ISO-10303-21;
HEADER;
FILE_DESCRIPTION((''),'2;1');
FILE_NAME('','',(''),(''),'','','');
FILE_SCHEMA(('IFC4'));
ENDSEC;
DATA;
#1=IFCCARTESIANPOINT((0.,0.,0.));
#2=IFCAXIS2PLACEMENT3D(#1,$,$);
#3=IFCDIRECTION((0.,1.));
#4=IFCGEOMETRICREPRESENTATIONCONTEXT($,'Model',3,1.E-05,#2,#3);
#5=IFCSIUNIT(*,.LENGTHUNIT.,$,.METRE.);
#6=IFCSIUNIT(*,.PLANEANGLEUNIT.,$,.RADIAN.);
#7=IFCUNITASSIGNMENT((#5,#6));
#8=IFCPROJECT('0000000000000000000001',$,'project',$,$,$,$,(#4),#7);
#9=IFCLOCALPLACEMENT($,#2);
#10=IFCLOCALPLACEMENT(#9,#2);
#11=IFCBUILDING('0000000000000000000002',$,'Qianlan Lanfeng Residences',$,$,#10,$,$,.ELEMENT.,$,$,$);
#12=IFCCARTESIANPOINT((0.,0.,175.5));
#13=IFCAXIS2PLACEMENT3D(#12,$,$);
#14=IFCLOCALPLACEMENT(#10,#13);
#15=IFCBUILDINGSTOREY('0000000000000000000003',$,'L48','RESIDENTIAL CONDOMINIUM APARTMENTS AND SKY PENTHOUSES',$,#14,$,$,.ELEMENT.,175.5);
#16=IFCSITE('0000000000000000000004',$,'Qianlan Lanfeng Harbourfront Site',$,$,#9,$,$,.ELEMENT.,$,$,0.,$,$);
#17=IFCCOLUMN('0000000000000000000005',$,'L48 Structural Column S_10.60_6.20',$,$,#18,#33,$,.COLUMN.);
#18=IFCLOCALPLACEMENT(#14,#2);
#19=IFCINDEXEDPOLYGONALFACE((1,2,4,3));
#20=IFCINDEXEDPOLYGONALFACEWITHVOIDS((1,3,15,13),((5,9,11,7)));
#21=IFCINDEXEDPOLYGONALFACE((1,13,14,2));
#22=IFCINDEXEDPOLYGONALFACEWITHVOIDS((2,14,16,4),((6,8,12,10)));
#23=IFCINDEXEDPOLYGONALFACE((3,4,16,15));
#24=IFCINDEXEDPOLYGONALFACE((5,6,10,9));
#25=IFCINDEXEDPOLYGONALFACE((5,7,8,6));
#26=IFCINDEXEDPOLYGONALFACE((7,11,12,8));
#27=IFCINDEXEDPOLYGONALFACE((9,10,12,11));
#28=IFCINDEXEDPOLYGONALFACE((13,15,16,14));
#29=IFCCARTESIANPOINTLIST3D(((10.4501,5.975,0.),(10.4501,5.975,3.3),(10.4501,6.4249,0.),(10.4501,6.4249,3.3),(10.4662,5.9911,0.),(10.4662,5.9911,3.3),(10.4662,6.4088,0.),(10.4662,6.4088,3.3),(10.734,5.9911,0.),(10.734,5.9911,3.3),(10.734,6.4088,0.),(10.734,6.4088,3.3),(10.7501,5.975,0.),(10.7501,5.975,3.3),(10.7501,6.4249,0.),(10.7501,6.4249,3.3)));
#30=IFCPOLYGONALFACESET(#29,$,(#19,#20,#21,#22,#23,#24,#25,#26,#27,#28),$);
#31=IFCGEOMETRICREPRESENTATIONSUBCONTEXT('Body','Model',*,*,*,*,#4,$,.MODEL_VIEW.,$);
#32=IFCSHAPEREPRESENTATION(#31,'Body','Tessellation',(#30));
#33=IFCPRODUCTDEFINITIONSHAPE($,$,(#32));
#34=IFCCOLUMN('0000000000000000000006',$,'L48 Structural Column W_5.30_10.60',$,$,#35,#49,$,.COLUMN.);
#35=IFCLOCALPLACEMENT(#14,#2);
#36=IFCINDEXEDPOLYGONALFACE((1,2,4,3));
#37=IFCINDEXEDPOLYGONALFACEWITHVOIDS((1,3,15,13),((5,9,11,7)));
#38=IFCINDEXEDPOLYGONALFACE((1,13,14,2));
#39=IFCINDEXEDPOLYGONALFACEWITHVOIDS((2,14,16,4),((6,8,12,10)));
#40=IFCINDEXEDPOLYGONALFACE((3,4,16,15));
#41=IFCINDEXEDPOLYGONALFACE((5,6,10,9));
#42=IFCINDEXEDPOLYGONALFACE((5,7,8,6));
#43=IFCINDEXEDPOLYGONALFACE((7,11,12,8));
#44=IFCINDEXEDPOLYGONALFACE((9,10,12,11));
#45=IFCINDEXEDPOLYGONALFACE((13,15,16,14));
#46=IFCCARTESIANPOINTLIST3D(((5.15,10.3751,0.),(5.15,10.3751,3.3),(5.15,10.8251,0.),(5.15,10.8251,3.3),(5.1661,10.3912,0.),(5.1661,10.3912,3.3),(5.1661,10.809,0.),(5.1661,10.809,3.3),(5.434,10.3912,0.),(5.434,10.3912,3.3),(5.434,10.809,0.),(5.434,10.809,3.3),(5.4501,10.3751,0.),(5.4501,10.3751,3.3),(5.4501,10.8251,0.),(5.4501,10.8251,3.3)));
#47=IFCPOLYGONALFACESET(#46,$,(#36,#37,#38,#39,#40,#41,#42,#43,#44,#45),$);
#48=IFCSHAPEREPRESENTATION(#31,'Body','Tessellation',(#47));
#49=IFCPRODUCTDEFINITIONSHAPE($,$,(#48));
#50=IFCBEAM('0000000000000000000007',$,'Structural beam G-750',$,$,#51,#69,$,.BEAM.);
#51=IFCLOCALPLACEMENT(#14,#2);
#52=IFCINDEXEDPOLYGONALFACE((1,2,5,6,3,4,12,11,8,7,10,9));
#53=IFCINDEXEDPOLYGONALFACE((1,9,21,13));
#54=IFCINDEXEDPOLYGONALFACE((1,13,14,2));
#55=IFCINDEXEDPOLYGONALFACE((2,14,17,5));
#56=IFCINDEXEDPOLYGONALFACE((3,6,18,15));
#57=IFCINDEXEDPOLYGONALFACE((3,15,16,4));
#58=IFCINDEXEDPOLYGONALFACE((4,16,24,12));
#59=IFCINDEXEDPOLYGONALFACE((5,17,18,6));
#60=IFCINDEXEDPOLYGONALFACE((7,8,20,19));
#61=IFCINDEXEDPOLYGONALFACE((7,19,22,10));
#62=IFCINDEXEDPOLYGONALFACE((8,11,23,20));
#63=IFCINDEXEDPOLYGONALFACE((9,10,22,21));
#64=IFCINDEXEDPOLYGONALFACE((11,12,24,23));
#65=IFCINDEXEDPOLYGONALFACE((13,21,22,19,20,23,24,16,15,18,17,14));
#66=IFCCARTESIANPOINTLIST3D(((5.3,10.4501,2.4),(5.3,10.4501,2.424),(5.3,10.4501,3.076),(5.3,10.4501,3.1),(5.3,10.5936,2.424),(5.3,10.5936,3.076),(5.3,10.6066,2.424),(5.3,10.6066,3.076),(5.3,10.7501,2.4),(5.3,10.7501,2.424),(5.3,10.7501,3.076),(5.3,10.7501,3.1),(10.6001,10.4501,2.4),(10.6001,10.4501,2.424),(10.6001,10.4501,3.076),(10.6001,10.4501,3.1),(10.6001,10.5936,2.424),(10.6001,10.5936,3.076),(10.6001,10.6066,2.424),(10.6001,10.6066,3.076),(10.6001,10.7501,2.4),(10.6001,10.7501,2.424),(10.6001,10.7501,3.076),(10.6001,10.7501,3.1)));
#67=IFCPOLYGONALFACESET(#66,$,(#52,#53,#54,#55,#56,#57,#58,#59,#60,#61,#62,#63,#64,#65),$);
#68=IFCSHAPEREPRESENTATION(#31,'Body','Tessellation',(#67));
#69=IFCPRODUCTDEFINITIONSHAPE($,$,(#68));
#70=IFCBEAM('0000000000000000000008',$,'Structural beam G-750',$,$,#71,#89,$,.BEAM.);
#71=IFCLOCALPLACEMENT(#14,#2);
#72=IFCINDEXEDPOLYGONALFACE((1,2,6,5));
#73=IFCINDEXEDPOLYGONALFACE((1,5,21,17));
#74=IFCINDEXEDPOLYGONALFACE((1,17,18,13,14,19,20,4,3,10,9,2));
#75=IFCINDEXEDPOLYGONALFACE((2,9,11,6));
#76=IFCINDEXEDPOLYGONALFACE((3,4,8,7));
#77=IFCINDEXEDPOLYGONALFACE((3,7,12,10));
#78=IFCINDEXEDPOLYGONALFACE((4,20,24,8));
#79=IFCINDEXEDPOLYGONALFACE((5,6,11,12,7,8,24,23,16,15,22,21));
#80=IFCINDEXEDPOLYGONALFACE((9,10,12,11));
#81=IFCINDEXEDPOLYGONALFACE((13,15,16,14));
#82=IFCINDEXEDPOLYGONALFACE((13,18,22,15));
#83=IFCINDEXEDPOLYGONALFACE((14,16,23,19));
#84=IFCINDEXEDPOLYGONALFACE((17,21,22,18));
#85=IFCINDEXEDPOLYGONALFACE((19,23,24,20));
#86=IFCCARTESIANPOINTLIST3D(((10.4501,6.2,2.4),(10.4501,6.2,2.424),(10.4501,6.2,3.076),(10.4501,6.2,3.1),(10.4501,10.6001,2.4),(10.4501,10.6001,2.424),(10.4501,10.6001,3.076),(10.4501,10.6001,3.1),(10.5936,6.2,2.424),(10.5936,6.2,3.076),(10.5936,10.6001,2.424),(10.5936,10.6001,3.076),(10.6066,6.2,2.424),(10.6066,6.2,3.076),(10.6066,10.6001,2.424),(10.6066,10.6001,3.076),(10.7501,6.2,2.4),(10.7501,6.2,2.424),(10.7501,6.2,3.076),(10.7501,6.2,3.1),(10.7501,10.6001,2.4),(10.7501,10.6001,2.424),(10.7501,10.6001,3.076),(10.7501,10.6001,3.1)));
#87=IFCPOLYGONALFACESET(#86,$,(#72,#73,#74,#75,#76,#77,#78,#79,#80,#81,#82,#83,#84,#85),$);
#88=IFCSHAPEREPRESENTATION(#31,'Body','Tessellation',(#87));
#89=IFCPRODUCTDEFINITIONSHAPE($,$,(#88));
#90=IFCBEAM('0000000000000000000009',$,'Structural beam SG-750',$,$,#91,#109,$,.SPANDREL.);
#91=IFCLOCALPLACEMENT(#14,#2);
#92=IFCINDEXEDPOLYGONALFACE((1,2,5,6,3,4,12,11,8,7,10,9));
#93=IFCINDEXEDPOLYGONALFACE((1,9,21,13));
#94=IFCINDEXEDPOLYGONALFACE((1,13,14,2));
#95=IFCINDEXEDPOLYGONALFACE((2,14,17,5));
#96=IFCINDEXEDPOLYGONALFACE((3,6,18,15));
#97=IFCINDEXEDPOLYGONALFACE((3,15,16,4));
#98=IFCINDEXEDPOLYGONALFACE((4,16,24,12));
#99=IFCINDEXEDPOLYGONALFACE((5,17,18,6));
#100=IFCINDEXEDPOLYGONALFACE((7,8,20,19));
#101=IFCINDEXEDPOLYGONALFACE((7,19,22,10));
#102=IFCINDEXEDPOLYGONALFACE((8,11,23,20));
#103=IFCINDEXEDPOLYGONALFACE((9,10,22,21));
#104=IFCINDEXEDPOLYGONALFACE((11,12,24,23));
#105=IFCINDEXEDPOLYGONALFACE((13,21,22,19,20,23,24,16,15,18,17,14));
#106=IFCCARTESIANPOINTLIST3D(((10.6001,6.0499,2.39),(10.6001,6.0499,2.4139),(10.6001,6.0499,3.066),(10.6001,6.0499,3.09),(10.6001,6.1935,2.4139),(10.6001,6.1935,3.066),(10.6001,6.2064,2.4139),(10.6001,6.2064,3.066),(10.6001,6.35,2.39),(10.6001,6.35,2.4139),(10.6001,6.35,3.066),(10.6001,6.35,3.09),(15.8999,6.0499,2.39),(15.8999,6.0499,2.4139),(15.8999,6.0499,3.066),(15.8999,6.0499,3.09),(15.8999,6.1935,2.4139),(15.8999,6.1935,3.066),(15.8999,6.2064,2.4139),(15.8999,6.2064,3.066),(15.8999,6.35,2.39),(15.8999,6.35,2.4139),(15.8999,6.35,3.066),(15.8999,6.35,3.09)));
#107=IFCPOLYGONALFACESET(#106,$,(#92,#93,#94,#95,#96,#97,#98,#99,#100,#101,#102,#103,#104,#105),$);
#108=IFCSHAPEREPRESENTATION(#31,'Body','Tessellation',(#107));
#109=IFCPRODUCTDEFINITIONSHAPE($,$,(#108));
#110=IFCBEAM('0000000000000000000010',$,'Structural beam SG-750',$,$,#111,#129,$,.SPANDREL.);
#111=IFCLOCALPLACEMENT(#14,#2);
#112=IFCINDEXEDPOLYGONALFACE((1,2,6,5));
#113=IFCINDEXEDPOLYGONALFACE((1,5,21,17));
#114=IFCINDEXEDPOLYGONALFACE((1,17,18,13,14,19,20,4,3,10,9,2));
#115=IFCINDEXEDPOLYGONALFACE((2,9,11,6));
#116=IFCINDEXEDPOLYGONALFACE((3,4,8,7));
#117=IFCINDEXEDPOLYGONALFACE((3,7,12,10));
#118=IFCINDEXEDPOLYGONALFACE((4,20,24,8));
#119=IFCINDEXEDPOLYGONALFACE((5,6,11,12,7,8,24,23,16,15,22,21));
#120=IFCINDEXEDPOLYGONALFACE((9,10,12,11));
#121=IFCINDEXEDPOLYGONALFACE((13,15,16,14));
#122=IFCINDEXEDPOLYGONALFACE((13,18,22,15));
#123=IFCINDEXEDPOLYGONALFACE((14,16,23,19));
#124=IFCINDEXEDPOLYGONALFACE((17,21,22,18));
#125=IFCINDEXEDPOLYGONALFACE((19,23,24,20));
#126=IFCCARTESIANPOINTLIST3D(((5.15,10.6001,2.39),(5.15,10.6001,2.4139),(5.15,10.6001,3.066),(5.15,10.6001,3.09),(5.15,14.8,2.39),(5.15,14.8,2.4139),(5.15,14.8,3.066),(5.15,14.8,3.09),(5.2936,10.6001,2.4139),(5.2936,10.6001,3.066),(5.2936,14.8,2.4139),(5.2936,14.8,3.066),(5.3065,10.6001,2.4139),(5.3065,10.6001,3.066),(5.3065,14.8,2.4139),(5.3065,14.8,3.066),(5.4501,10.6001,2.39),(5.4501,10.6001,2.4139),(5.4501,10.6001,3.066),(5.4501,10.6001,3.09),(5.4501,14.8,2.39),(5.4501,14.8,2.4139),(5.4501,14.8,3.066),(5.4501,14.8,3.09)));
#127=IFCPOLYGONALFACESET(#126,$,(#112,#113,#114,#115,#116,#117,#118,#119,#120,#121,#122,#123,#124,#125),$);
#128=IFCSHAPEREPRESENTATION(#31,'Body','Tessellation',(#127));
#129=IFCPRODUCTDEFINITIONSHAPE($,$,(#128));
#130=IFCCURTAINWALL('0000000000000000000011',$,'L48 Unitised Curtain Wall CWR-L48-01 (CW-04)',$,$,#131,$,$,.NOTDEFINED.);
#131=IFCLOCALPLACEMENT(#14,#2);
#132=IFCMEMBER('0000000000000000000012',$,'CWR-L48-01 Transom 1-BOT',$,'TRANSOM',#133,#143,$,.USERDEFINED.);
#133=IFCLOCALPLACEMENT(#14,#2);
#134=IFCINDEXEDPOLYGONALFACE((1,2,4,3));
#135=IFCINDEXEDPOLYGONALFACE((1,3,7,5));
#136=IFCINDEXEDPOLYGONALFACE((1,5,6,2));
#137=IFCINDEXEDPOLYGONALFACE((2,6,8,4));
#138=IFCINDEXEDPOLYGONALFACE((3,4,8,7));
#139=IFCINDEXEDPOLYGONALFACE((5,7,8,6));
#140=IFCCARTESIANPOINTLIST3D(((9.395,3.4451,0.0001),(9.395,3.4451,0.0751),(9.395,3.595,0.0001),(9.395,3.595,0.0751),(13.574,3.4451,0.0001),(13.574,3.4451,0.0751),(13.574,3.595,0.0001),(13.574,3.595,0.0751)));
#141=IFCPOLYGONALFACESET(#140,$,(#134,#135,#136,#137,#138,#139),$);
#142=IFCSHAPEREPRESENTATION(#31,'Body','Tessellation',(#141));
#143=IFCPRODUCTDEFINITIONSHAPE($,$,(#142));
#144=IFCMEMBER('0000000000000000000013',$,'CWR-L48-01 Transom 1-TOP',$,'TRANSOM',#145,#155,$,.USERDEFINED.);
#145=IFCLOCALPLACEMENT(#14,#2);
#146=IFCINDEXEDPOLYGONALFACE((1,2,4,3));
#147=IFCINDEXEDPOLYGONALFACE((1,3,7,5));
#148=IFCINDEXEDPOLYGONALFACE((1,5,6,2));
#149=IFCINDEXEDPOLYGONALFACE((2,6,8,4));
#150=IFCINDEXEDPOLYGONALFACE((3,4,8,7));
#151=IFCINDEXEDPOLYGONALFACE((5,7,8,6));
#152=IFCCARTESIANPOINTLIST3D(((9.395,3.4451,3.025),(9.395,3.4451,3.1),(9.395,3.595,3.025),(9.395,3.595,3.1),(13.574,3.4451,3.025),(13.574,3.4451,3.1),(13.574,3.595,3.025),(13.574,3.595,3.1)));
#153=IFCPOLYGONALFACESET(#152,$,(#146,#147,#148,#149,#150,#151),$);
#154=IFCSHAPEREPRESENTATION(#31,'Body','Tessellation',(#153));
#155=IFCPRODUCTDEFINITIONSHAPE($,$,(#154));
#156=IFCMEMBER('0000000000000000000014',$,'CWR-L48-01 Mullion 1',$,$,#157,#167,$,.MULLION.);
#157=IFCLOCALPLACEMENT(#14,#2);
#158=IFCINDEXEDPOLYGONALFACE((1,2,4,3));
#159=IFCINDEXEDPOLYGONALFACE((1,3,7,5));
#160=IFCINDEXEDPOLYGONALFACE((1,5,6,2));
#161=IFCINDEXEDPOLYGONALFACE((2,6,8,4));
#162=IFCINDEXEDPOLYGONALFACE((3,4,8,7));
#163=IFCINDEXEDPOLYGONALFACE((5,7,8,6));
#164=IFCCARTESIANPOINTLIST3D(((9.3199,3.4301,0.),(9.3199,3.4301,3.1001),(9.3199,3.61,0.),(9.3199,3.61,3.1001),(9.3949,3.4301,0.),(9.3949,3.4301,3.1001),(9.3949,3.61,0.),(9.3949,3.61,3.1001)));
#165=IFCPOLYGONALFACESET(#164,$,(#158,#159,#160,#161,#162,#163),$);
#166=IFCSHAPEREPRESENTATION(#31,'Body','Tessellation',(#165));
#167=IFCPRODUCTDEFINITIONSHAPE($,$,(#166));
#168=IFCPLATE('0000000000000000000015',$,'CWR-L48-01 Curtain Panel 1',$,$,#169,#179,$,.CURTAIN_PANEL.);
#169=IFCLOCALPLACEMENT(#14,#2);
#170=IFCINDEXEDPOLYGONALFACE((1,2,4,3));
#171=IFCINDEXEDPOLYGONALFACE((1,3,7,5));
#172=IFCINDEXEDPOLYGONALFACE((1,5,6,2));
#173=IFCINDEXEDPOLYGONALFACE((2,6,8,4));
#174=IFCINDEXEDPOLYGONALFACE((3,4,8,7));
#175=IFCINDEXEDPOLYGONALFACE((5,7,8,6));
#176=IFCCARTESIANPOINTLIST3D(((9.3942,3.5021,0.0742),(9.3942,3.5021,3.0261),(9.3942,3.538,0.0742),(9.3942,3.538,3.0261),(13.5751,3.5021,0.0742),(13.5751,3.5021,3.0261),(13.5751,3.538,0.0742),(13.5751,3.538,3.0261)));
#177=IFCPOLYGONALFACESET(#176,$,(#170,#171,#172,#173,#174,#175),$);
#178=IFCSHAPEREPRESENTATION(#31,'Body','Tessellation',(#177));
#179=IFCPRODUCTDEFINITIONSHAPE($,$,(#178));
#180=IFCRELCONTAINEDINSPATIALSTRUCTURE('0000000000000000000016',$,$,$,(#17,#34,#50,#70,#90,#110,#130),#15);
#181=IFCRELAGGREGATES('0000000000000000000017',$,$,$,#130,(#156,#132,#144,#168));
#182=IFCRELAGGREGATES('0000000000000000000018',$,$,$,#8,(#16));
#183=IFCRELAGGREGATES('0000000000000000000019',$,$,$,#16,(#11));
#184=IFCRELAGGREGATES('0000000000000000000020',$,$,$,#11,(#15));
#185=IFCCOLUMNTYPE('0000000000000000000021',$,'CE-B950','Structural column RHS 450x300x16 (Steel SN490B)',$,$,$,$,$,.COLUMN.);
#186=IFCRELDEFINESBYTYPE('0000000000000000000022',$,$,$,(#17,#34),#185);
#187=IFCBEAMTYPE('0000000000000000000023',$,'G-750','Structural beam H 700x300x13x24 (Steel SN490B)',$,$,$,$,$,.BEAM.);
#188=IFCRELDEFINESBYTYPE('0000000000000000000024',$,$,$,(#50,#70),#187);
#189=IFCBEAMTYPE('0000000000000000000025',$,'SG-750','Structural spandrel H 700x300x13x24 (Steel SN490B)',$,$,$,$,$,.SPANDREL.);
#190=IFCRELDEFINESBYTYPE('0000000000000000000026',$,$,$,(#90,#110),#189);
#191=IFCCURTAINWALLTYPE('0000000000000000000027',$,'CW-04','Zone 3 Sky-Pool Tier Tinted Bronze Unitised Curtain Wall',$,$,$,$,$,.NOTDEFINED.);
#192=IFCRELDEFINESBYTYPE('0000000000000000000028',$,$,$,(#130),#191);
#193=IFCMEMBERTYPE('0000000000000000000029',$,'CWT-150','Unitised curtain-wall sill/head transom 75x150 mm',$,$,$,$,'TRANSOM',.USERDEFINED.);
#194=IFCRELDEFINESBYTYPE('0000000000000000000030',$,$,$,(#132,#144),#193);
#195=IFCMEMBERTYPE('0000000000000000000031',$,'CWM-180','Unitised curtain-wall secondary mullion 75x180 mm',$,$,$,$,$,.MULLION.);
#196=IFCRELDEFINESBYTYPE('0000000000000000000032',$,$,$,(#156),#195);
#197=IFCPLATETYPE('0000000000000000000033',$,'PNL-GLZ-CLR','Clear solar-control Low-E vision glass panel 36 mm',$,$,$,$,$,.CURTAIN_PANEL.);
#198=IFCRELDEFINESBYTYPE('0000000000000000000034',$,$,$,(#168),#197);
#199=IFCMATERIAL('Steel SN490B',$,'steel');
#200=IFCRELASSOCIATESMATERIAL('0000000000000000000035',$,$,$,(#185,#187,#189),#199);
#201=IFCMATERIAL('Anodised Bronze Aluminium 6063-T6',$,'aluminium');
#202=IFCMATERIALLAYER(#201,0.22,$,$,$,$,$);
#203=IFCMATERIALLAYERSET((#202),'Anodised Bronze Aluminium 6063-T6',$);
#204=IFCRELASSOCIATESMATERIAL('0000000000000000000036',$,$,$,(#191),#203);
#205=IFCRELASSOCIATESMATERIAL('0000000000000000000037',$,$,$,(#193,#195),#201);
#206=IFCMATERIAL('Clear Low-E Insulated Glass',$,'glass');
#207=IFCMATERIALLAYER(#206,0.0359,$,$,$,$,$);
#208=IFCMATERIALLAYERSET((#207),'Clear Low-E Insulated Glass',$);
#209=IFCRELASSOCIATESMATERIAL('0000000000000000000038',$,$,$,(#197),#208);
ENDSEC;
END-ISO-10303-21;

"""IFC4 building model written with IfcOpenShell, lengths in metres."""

from ifc_helpers import new_model, si_unit, direction, frame, origin, origin_2d, place, context, subcontext, project, spatial, rectangle, hollow_rectangle, i_section, extrude, source, transform, mapped, material, layer, layer_set, material_profile, profile_set, type_object, element, aggregate, save


model = new_model("IFC4")

# Units and contexts
model_context = context("Model", 3, precision=1e-05, world=origin(), true_north=direction((0.0, 1.0)))
body_context = subcontext(model_context, "Body", "Model", "MODEL_VIEW")
ifc_project = project(units=[si_unit("LENGTHUNIT", "METRE"), si_unit("PLANEANGLEUNIT", "RADIAN")], contexts=[model_context])

# Site, building, storey
site_placement = place(None, origin())
site = spatial("IfcSite", under=ifc_project, at=site_placement, Name="Qianlan Lanfeng Harbourfront Site", CompositionType="ELEMENT", RefElevation=0.0)
building_placement = place(site_placement, origin())
building = spatial("IfcBuilding", under=site, at=building_placement, Name="Qianlan Lanfeng Residences", CompositionType="ELEMENT")
storey_placement = place(building_placement, frame((0.0, 0.0, 175.5)))
storey = spatial("IfcBuildingStorey", under=building, at=storey_placement, Name="L48", Description="RESIDENTIAL CONDOMINIUM APARTMENTS AND SKY PENTHOUSES", CompositionType="ELEMENT", Elevation=175.5)

# Columns
ifc_material_1 = material(Name="Steel SN490B", Category="steel")
ifc_material_profile_1 = material_profile(ifc_material_1, hollow_rectangle(XDim=0.3, YDim=0.45, WallThickness=0.0161, at=origin_2d()), Name="RHS 450x300x16")
ifc_profile_set_1 = profile_set([ifc_material_profile_1], Name="Steel SN490B")
column_type = type_object("IfcColumnType", Name="CE-B950", Description="Structural column RHS 450x300x16 (Steel SN490B)", PredefinedType="COLUMN", material=ifc_profile_set_1)
for number, where, z_axis, x_axis, name in (
    (1, (10.6001, 6.2, 0.0), (0.0, 0.0, 1.0), (1.0, 0.0, 0.0), "L48 Structural Column S_10.60_6.20"),
    (2, (5.3, 10.6001, 0.0), (0.0, 0.0, 1.0), (1.0, 0.0, 0.0), "L48 Structural Column W_5.30_10.60"),
):
    element("IfcColumn", number, at=place(storey_placement, frame(where, z_axis=z_axis, x_axis=x_axis)), inside=storey, type_object=column_type, Name=name, PredefinedType="COLUMN", context=body_context, shape_type="SweptSolid", body=[
        extrude(hollow_rectangle(XDim=0.3, YDim=0.45, WallThickness=0.0161, at=origin_2d()), origin(), (0.0, 0.0, 1.0), 3.3),
    ])

# Beams
ifc_material_profile_2 = material_profile(ifc_material_1, i_section(OverallWidth=0.3, OverallDepth=0.7, WebThickness=0.0129, FlangeThickness=0.0239, at=origin_2d()), Name="H 700x300x13x24")
ifc_profile_set_2 = profile_set([ifc_material_profile_2], Name="Steel SN490B")
beam_type_1 = type_object("IfcBeamType", Name="G-750", Description="Structural beam H 700x300x13x24 (Steel SN490B)", PredefinedType="BEAM", material=ifc_profile_set_2)
beam_1_placement = place(storey_placement, frame((5.3, 10.6001, 2.75), z_axis=(1.0, 0.0, 0.0), x_axis=(0.0, 1.0, 0.0)))
element("IfcBeam", 3, at=beam_1_placement, inside=storey, type_object=beam_type_1, Name="Structural beam G-750", PredefinedType="BEAM", context=body_context, shape_type="SweptSolid", body=[
    extrude(i_section(OverallWidth=0.3, OverallDepth=0.7, WebThickness=0.0129, FlangeThickness=0.0239, at=origin_2d()), origin(), (0.0, 0.0, 1.0), 5.3),
])
beam_2_placement = place(storey_placement, frame((10.6001, 6.2, 2.75), z_axis=(0.0, 1.0, 0.0), x_axis=(-1.0, 0.0, 0.0)))
element("IfcBeam", 4, at=beam_2_placement, inside=storey, type_object=beam_type_1, Name="Structural beam G-750", PredefinedType="BEAM", context=body_context, shape_type="SweptSolid", body=[
    extrude(i_section(OverallWidth=0.3, OverallDepth=0.7, WebThickness=0.0129, FlangeThickness=0.0239, at=origin_2d()), origin(), (0.0, 0.0, 1.0), 4.4001),
])
ifc_material_profile_3 = material_profile(ifc_material_1, i_section(OverallWidth=0.3, OverallDepth=0.7, WebThickness=0.0129, FlangeThickness=0.0239, at=origin_2d()), Name="H 700x300x13x24")
ifc_profile_set_3 = profile_set([ifc_material_profile_3], Name="Steel SN490B")
beam_type_2 = type_object("IfcBeamType", Name="SG-750", Description="Structural spandrel H 700x300x13x24 (Steel SN490B)", PredefinedType="SPANDREL", material=ifc_profile_set_3)
beam_3_placement = place(storey_placement, frame((10.6001, 6.2, 2.74), z_axis=(1.0, 0.0, 0.0), x_axis=(0.0, 1.0, 0.0)))
element("IfcBeam", 5, at=beam_3_placement, inside=storey, type_object=beam_type_2, Name="Structural beam SG-750", PredefinedType="SPANDREL", context=body_context, shape_type="SweptSolid", body=[
    extrude(i_section(OverallWidth=0.3, OverallDepth=0.7, WebThickness=0.0129, FlangeThickness=0.0239, at=origin_2d()), origin(), (0.0, 0.0, 1.0), 5.2998),
])
beam_4_placement = place(storey_placement, frame((5.3, 10.6001, 2.74), z_axis=(0.0, 1.0, 0.0), x_axis=(-1.0, 0.0, 0.0)))
element("IfcBeam", 6, at=beam_4_placement, inside=storey, type_object=beam_type_2, Name="Structural beam SG-750", PredefinedType="SPANDREL", context=body_context, shape_type="SweptSolid", body=[
    extrude(i_section(OverallWidth=0.3, OverallDepth=0.7, WebThickness=0.0129, FlangeThickness=0.0239, at=origin_2d()), origin(), (0.0, 0.0, 1.0), 4.2),
])

# Curtain wall, members, plate
ifc_material_2 = material(Name="Anodised Bronze Aluminium 6063-T6", Category="aluminium")
ifc_layer_1 = layer(ifc_material_2, 0.22)
ifc_layer_set_1 = layer_set([ifc_layer_1], Name="Anodised Bronze Aluminium 6063-T6")
curtain_wall_type = type_object("IfcCurtainWallType", Name="CW-04", Description="Zone 3 Sky-Pool Tier Tinted Bronze Unitised Curtain Wall", PredefinedType="NOTDEFINED", material=ifc_layer_set_1)
curtain_wall_placement = place(storey_placement, origin())
curtain_wall = element("IfcCurtainWall", 7, at=curtain_wall_placement, inside=storey, type_object=curtain_wall_type, Name="L48 Unitised Curtain Wall CWR-L48-01 (CW-04)", PredefinedType="NOTDEFINED")
ifc_material_profile_4 = material_profile(ifc_material_2, rectangle(XDim=0.075, YDim=0.1499, at=origin_2d()), Name="ALU TRANSOM 75x150")
ifc_profile_set_4 = profile_set([ifc_material_profile_4], Name="Anodised Bronze Aluminium 6063-T6")
member_type_1 = type_object("IfcMemberType", Name="CWT-150", Description="Unitised curtain-wall sill/head transom 75x150 mm", ElementType="TRANSOM", PredefinedType="USERDEFINED", material=ifc_profile_set_4)
shared_shape_1 = source(origin(), body_context, "Body", "SweptSolid", [
    extrude(rectangle(XDim=0.075, YDim=0.1499, at=origin_2d()), origin(), (0.0, 0.0, 1.0), 4.179),
])
member_1_placement = place(storey_placement, frame((9.395, 3.52, 0.0376), z_axis=(1.0, 0.0, 0.0), x_axis=(0.0, 0.0, 1.0)))
member_1 = element("IfcMember", 8, at=member_1_placement, type_object=member_type_1, Name="CWR-L48-01 Transom 1-BOT", ObjectType="TRANSOM", PredefinedType="USERDEFINED", context=body_context, shape_type="MappedRepresentation", body=[
    mapped(shared_shape_1, transform((0.0, 0.0, 0.0), scale=1.0)),
])
member_2_placement = place(storey_placement, frame((9.395, 3.52, 3.0625), z_axis=(1.0, 0.0, 0.0), x_axis=(0.0, 0.0, 1.0)))
member_2 = element("IfcMember", 9, at=member_2_placement, type_object=member_type_1, Name="CWR-L48-01 Transom 1-TOP", ObjectType="TRANSOM", PredefinedType="USERDEFINED", context=body_context, shape_type="MappedRepresentation", body=[
    mapped(shared_shape_1, transform((0.0, 0.0, 0.0), scale=1.0)),
])
ifc_material_profile_5 = material_profile(ifc_material_2, rectangle(XDim=0.075, YDim=0.1799, at=origin_2d()), Name="ALU MULLION 75x180")
ifc_profile_set_5 = profile_set([ifc_material_profile_5], Name="Anodised Bronze Aluminium 6063-T6")
member_type_2 = type_object("IfcMemberType", Name="CWM-180", Description="Unitised curtain-wall secondary mullion 75x180 mm", PredefinedType="MULLION", material=ifc_profile_set_5)
shared_shape_2 = source(origin(), body_context, "Body", "SweptSolid", [
    extrude(rectangle(XDim=0.075, YDim=0.1799, at=origin_2d()), origin(), (0.0, 0.0, 1.0), 3.1001),
])
member_3_placement = place(storey_placement, frame((9.3574, 3.52, 0.0), z_axis=(0.0, 0.0, 1.0), x_axis=(1.0, 0.0, 0.0)))
member_3 = element("IfcMember", 10, at=member_3_placement, type_object=member_type_2, Name="CWR-L48-01 Mullion 1", PredefinedType="MULLION", context=body_context, shape_type="MappedRepresentation", body=[
    mapped(shared_shape_2, transform((0.0, 0.0, 0.0), scale=1.0)),
])
ifc_material_3 = material(Name="Clear Low-E Insulated Glass", Category="glass")
ifc_layer_2 = layer(ifc_material_3, 0.0359)
ifc_layer_set_2 = layer_set([ifc_layer_2], Name="Clear Low-E Insulated Glass")
plate_type = type_object("IfcPlateType", Name="PNL-GLZ-CLR", Description="Clear solar-control Low-E vision glass panel 36 mm", PredefinedType="CURTAIN_PANEL", material=ifc_layer_set_2)
shared_shape_3 = source(origin(), body_context, "Body", "SweptSolid", [
    extrude(rectangle(XDim=4.1809, YDim=0.0359, at=origin_2d()), origin(), (0.0, 0.0, 1.0), 2.9519),
])
plate_placement = place(storey_placement, frame((11.4846, 3.52, 0.0742), z_axis=(0.0, 0.0, 1.0), x_axis=(1.0, 0.0, 0.0)))
plate = element("IfcPlate", 11, at=plate_placement, type_object=plate_type, Name="CWR-L48-01 Curtain Panel 1", PredefinedType="CURTAIN_PANEL", context=body_context, shape_type="MappedRepresentation", body=[
    mapped(shared_shape_3, transform((0.0, 0.0, 0.0), scale=1.0)),
])
aggregate(curtain_wall, [member_3, member_1, member_2, plate])

save(model, "model.ifc")
